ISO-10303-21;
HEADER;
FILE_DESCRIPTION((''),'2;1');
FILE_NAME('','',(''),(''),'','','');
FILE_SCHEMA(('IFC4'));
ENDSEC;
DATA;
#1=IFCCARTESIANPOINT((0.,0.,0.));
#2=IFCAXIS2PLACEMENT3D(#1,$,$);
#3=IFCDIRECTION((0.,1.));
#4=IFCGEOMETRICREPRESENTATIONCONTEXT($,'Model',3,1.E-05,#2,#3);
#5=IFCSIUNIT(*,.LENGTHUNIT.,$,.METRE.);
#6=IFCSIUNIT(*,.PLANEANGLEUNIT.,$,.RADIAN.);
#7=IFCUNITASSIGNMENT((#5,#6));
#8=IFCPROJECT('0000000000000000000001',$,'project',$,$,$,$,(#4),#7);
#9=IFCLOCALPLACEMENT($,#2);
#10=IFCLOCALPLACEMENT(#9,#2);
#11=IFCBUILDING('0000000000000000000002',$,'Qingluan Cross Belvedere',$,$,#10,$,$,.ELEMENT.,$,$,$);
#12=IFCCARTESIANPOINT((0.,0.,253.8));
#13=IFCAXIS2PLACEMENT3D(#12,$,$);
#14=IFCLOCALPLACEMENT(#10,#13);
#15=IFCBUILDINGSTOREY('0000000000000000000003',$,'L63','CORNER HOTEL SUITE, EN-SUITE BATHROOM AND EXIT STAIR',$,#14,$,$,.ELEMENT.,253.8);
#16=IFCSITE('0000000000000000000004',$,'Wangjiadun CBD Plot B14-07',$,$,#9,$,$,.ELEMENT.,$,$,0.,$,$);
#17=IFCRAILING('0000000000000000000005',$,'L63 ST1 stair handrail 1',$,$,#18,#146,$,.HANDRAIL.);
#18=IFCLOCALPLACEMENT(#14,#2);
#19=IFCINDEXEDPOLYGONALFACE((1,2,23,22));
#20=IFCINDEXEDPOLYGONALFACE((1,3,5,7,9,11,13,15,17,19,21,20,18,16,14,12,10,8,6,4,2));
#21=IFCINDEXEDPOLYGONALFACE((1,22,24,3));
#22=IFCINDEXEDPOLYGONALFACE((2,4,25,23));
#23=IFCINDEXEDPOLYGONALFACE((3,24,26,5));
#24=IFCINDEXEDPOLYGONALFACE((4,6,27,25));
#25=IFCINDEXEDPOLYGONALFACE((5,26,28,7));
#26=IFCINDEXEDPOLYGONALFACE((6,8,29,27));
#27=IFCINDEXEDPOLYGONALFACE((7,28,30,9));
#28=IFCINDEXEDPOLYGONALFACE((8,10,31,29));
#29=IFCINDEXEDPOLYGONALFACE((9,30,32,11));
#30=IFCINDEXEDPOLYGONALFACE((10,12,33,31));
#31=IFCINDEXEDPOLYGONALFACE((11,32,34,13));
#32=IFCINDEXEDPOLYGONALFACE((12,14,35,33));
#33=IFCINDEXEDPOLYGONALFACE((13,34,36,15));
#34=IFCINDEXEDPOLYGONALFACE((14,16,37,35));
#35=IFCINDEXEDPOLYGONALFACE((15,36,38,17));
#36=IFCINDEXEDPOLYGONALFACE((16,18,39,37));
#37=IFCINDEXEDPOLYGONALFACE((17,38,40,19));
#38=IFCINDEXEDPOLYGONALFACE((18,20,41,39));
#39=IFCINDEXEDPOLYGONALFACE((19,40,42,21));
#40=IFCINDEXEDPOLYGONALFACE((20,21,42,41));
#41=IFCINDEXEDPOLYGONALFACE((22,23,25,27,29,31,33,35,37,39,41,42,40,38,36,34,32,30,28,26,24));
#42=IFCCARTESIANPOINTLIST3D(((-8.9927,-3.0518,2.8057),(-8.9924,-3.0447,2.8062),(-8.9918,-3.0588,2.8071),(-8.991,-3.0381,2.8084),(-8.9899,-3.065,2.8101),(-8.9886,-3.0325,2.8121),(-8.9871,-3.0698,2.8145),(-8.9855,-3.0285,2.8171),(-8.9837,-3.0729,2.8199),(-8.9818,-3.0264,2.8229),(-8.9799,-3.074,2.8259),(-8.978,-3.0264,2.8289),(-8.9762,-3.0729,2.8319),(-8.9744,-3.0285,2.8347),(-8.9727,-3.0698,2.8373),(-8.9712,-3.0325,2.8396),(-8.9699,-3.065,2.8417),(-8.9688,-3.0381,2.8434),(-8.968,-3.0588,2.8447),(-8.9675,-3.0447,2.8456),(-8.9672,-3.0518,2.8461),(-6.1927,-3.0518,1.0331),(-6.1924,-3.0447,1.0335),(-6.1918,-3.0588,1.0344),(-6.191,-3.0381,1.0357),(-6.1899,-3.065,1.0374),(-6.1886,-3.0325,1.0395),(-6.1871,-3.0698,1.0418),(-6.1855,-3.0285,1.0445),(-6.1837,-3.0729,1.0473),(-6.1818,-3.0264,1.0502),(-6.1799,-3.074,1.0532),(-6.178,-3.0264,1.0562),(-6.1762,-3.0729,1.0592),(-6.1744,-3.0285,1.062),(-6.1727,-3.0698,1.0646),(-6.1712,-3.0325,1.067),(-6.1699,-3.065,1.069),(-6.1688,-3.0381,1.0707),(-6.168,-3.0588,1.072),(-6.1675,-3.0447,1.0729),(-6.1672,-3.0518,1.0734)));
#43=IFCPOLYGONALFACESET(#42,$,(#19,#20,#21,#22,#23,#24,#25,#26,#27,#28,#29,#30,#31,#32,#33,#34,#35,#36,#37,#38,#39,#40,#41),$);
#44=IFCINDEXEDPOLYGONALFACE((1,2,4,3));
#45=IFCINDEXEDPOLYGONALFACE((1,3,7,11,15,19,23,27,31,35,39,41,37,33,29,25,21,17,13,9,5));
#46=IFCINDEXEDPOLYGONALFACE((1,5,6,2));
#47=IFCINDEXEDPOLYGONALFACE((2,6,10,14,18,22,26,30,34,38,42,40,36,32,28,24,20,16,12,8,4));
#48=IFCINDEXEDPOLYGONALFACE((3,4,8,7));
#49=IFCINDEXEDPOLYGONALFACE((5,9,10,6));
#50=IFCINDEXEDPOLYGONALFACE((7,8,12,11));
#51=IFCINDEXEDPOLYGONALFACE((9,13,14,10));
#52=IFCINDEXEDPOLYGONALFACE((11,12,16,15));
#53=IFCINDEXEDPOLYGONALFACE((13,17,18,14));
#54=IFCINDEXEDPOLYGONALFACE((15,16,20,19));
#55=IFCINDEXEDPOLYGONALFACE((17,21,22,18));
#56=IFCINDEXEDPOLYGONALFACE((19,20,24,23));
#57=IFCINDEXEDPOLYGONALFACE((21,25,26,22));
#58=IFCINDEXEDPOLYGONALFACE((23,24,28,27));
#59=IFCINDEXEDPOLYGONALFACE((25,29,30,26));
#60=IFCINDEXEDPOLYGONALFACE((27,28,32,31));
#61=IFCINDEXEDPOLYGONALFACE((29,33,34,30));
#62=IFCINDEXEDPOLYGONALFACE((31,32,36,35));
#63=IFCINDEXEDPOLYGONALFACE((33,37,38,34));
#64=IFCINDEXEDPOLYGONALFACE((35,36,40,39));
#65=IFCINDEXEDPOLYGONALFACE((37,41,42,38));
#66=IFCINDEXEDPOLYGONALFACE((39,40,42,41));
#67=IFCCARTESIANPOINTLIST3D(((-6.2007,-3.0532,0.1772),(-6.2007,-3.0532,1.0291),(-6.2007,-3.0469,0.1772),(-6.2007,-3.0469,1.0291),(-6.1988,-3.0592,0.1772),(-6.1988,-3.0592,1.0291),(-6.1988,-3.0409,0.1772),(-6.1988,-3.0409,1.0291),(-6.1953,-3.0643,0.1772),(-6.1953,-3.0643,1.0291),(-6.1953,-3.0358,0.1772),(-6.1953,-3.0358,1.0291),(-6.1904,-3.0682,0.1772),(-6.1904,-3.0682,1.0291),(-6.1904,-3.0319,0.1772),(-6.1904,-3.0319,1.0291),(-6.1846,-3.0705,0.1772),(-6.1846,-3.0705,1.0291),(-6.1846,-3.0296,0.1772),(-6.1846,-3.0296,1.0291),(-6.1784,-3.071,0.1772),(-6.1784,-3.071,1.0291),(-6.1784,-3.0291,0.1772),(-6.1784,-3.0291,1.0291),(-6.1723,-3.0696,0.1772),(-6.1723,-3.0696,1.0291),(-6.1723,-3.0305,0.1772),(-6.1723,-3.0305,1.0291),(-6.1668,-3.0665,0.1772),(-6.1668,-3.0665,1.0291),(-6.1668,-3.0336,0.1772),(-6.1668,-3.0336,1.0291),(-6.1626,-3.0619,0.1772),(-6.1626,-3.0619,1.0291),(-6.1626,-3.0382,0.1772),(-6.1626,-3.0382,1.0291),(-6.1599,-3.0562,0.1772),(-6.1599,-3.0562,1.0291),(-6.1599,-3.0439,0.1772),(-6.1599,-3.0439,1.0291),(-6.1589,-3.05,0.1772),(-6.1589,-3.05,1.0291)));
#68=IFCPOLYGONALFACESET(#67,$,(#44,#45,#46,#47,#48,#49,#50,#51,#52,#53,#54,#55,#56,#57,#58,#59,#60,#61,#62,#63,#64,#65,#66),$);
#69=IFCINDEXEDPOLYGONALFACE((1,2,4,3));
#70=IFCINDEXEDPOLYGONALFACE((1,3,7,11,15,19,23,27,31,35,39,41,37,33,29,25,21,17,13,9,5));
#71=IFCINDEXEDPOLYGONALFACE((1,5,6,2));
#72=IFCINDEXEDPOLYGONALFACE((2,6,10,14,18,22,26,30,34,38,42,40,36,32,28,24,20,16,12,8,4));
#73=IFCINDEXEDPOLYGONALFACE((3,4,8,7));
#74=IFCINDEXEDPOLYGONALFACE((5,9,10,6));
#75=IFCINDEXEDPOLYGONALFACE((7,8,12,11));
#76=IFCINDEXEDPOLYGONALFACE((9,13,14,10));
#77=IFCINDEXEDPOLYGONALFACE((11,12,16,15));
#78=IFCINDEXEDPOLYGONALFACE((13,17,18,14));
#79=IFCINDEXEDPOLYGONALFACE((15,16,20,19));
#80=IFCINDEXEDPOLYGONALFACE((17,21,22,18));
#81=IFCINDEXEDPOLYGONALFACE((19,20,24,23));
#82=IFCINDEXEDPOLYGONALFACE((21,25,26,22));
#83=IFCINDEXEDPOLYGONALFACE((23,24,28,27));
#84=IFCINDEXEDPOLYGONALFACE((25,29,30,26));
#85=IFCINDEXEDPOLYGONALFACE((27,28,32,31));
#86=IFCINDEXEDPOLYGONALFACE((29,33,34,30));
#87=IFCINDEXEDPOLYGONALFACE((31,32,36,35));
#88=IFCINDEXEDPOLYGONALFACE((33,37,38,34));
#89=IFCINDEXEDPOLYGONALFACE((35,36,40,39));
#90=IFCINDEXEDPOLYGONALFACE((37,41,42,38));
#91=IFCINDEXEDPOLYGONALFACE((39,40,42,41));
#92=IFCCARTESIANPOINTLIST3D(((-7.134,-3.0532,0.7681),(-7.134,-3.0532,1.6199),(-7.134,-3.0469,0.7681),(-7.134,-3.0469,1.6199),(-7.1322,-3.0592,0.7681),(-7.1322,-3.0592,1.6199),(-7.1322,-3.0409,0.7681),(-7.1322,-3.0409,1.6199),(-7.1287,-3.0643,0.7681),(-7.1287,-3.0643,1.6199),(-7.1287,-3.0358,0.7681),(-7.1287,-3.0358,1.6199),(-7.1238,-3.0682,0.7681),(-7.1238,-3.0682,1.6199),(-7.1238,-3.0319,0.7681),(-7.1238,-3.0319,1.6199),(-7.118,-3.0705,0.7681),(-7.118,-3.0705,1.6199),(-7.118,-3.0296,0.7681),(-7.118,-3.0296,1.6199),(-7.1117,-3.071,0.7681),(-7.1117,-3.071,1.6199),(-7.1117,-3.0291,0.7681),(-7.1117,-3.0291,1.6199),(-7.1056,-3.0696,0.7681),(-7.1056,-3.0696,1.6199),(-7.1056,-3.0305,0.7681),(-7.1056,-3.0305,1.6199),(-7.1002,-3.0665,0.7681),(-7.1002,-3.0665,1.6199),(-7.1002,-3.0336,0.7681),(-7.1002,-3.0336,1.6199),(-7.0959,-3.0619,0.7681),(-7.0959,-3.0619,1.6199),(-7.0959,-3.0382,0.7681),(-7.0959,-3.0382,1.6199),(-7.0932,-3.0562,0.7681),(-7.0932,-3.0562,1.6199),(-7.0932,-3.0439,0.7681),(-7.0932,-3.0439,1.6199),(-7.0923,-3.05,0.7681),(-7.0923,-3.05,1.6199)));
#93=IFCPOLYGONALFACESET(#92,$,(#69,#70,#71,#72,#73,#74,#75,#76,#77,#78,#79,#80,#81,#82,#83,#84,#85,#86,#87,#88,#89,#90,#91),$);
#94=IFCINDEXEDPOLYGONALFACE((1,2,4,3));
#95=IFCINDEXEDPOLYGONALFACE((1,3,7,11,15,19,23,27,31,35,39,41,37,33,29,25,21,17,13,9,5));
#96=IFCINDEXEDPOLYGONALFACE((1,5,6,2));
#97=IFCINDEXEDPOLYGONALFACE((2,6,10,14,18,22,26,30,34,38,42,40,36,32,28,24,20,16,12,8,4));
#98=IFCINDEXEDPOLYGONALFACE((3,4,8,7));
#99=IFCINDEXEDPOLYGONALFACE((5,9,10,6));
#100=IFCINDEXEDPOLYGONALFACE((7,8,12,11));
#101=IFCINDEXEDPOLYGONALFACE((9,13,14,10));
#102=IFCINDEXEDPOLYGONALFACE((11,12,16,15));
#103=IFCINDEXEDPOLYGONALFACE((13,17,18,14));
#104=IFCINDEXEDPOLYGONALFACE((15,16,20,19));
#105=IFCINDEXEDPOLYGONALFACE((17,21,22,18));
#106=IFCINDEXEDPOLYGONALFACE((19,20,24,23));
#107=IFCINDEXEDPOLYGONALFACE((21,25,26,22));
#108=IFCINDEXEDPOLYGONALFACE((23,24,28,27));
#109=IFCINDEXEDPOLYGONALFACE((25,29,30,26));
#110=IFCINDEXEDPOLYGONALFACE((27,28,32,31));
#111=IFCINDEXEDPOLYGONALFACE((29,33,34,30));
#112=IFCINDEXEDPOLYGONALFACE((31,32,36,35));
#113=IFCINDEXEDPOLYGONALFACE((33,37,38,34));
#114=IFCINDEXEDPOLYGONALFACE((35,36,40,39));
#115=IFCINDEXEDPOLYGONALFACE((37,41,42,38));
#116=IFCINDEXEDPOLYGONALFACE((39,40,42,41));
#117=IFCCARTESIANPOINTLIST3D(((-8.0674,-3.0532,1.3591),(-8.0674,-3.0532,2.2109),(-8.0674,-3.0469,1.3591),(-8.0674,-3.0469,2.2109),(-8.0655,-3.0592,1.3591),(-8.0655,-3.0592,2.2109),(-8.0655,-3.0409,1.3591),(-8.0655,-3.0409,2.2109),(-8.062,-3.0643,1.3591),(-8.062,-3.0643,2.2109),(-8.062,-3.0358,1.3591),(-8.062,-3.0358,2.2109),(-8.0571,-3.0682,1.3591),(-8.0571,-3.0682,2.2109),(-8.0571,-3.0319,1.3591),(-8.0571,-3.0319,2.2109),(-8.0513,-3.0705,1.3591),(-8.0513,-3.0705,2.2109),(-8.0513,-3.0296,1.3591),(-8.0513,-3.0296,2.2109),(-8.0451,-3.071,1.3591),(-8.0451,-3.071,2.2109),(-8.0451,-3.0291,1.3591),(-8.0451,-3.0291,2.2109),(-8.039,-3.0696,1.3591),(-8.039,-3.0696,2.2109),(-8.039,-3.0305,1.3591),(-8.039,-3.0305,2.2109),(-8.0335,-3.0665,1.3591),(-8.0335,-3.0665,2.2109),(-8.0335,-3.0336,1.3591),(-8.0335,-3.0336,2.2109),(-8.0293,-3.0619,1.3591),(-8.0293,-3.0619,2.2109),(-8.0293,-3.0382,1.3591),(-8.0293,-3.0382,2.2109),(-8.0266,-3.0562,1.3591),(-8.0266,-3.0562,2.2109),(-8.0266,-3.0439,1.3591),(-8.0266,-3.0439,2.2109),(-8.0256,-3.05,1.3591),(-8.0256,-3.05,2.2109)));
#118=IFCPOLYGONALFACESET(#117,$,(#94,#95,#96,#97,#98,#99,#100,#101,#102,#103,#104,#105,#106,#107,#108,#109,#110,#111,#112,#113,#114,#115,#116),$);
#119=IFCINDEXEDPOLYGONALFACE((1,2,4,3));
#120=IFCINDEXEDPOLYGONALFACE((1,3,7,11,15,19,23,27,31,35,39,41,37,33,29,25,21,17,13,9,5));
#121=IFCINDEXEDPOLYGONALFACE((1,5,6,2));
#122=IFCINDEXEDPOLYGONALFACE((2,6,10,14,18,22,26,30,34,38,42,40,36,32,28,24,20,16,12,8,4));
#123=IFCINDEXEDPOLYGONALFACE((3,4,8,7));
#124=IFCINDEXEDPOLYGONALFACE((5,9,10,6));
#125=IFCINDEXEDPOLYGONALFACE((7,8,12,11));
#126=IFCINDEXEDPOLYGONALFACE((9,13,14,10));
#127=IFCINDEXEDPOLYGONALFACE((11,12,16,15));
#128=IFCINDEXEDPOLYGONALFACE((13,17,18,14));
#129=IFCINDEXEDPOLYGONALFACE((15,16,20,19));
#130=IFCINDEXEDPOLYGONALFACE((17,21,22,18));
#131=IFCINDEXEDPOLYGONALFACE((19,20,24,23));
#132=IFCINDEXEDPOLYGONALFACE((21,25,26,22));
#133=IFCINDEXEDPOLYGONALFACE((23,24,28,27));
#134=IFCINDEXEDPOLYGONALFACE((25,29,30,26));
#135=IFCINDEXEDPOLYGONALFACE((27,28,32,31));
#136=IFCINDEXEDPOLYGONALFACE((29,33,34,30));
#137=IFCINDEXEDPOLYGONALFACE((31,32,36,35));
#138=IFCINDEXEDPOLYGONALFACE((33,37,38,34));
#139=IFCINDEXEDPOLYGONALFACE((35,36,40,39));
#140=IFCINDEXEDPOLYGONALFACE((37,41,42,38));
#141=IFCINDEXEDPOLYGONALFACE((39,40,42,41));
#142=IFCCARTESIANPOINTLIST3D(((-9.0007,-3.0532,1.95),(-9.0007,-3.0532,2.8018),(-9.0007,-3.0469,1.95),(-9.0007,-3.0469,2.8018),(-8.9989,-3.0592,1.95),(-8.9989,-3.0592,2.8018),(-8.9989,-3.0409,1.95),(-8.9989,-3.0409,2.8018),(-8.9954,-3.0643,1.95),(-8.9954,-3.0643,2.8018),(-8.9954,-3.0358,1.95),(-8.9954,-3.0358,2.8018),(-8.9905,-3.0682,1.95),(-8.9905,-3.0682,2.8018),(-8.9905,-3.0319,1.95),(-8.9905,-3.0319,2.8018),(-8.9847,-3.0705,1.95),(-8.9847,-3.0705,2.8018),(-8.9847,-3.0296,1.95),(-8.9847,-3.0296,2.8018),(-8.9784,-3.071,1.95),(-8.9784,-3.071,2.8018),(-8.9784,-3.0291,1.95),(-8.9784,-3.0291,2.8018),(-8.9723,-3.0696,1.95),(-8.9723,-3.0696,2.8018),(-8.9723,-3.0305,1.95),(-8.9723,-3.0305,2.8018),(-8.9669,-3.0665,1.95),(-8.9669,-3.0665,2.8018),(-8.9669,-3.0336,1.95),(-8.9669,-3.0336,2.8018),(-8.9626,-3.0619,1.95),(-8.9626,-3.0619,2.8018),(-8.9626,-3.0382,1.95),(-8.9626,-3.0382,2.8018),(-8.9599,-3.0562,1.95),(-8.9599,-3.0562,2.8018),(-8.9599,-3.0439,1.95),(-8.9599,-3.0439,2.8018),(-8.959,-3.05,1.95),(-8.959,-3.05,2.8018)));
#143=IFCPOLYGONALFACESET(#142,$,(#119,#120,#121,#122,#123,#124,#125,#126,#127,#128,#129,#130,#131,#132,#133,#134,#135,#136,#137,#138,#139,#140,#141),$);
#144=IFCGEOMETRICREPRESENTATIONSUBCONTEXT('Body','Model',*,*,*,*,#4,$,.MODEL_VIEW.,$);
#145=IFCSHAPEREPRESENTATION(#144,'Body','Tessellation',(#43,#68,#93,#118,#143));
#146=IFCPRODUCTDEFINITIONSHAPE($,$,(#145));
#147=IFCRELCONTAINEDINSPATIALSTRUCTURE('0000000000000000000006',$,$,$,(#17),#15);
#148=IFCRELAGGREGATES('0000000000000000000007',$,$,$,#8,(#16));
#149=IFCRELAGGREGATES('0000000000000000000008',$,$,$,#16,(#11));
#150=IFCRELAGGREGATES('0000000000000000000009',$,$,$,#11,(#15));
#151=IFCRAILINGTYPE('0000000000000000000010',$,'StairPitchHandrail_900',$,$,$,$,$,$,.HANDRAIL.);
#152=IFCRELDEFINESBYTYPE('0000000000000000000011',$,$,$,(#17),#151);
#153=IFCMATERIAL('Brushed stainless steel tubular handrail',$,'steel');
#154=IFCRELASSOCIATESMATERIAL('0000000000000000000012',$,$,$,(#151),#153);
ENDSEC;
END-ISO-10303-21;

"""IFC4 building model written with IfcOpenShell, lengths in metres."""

from ifc_helpers import new_model, si_unit, direction, frame, origin, origin_2d, place, context, subcontext, project, spatial, circle, extrude, material, type_object, element, save


model = new_model("IFC4")

# Units and contexts
model_context = context("Model", 3, precision=1e-05, world=origin(), true_north=direction((0.0, 1.0)))
body_context = subcontext(model_context, "Body", "Model", "MODEL_VIEW")
ifc_project = project(units=[si_unit("LENGTHUNIT", "METRE"), si_unit("PLANEANGLEUNIT", "RADIAN")], contexts=[model_context])

# Site, building, storey
site_placement = place(None, origin())
site = spatial("IfcSite", under=ifc_project, at=site_placement, Name="Wangjiadun CBD Plot B14-07", CompositionType="ELEMENT", RefElevation=0.0)
building_placement = place(site_placement, origin())
building = spatial("IfcBuilding", under=site, at=building_placement, Name="Qingluan Cross Belvedere", CompositionType="ELEMENT")
storey_placement = place(building_placement, frame((0.0, 0.0, 253.8)))
storey = spatial("IfcBuildingStorey", under=building, at=storey_placement, Name="L63", Description="CORNER HOTEL SUITE, EN-SUITE BATHROOM AND EXIT STAIR", CompositionType="ELEMENT", Elevation=253.8)

# Railing
ifc_material_1 = material(Name="Brushed stainless steel tubular handrail", Category="steel")
railing_type_1 = type_object("IfcRailingType", Name="StairPitchHandrail_900", PredefinedType="HANDRAIL", material=ifc_material_1)
railing_1_placement = place(storey_placement, frame((-6.1799, -3.05, 0.1772)))
element("IfcRailing", 1, at=railing_1_placement, inside=storey, type_object=railing_type_1, Name="L63 ST1 stair handrail 1", PredefinedType="HANDRAIL", context=body_context, shape_type="SweptSolid", body=[
    extrude(circle(Radius=0.0239, at=origin_2d()), frame((0.0, 0.0, 0.876), z_axis=(-0.844909, 0.0, 0.53491), x_axis=(0.0, -1.0, 0.0)), (0.0, 0.0, 1.0), 3.314),
    extrude(circle(Radius=0.021, at=origin_2d()), origin(), (0.0, 0.0, 1.0), 0.8518),
    extrude(circle(Radius=0.021, at=origin_2d()), frame((-0.9333, 0.0, 0.5908)), (0.0, 0.0, 1.0), 0.8518),
    extrude(circle(Radius=0.021, at=origin_2d()), frame((-1.8667, 0.0, 1.1819)), (0.0, 0.0, 1.0), 0.8518),
    extrude(circle(Radius=0.021, at=origin_2d()), frame((-2.8, 0.0, 1.7727)), (0.0, 0.0, 1.0), 0.8518),
])

save(model, "model.ifc")
